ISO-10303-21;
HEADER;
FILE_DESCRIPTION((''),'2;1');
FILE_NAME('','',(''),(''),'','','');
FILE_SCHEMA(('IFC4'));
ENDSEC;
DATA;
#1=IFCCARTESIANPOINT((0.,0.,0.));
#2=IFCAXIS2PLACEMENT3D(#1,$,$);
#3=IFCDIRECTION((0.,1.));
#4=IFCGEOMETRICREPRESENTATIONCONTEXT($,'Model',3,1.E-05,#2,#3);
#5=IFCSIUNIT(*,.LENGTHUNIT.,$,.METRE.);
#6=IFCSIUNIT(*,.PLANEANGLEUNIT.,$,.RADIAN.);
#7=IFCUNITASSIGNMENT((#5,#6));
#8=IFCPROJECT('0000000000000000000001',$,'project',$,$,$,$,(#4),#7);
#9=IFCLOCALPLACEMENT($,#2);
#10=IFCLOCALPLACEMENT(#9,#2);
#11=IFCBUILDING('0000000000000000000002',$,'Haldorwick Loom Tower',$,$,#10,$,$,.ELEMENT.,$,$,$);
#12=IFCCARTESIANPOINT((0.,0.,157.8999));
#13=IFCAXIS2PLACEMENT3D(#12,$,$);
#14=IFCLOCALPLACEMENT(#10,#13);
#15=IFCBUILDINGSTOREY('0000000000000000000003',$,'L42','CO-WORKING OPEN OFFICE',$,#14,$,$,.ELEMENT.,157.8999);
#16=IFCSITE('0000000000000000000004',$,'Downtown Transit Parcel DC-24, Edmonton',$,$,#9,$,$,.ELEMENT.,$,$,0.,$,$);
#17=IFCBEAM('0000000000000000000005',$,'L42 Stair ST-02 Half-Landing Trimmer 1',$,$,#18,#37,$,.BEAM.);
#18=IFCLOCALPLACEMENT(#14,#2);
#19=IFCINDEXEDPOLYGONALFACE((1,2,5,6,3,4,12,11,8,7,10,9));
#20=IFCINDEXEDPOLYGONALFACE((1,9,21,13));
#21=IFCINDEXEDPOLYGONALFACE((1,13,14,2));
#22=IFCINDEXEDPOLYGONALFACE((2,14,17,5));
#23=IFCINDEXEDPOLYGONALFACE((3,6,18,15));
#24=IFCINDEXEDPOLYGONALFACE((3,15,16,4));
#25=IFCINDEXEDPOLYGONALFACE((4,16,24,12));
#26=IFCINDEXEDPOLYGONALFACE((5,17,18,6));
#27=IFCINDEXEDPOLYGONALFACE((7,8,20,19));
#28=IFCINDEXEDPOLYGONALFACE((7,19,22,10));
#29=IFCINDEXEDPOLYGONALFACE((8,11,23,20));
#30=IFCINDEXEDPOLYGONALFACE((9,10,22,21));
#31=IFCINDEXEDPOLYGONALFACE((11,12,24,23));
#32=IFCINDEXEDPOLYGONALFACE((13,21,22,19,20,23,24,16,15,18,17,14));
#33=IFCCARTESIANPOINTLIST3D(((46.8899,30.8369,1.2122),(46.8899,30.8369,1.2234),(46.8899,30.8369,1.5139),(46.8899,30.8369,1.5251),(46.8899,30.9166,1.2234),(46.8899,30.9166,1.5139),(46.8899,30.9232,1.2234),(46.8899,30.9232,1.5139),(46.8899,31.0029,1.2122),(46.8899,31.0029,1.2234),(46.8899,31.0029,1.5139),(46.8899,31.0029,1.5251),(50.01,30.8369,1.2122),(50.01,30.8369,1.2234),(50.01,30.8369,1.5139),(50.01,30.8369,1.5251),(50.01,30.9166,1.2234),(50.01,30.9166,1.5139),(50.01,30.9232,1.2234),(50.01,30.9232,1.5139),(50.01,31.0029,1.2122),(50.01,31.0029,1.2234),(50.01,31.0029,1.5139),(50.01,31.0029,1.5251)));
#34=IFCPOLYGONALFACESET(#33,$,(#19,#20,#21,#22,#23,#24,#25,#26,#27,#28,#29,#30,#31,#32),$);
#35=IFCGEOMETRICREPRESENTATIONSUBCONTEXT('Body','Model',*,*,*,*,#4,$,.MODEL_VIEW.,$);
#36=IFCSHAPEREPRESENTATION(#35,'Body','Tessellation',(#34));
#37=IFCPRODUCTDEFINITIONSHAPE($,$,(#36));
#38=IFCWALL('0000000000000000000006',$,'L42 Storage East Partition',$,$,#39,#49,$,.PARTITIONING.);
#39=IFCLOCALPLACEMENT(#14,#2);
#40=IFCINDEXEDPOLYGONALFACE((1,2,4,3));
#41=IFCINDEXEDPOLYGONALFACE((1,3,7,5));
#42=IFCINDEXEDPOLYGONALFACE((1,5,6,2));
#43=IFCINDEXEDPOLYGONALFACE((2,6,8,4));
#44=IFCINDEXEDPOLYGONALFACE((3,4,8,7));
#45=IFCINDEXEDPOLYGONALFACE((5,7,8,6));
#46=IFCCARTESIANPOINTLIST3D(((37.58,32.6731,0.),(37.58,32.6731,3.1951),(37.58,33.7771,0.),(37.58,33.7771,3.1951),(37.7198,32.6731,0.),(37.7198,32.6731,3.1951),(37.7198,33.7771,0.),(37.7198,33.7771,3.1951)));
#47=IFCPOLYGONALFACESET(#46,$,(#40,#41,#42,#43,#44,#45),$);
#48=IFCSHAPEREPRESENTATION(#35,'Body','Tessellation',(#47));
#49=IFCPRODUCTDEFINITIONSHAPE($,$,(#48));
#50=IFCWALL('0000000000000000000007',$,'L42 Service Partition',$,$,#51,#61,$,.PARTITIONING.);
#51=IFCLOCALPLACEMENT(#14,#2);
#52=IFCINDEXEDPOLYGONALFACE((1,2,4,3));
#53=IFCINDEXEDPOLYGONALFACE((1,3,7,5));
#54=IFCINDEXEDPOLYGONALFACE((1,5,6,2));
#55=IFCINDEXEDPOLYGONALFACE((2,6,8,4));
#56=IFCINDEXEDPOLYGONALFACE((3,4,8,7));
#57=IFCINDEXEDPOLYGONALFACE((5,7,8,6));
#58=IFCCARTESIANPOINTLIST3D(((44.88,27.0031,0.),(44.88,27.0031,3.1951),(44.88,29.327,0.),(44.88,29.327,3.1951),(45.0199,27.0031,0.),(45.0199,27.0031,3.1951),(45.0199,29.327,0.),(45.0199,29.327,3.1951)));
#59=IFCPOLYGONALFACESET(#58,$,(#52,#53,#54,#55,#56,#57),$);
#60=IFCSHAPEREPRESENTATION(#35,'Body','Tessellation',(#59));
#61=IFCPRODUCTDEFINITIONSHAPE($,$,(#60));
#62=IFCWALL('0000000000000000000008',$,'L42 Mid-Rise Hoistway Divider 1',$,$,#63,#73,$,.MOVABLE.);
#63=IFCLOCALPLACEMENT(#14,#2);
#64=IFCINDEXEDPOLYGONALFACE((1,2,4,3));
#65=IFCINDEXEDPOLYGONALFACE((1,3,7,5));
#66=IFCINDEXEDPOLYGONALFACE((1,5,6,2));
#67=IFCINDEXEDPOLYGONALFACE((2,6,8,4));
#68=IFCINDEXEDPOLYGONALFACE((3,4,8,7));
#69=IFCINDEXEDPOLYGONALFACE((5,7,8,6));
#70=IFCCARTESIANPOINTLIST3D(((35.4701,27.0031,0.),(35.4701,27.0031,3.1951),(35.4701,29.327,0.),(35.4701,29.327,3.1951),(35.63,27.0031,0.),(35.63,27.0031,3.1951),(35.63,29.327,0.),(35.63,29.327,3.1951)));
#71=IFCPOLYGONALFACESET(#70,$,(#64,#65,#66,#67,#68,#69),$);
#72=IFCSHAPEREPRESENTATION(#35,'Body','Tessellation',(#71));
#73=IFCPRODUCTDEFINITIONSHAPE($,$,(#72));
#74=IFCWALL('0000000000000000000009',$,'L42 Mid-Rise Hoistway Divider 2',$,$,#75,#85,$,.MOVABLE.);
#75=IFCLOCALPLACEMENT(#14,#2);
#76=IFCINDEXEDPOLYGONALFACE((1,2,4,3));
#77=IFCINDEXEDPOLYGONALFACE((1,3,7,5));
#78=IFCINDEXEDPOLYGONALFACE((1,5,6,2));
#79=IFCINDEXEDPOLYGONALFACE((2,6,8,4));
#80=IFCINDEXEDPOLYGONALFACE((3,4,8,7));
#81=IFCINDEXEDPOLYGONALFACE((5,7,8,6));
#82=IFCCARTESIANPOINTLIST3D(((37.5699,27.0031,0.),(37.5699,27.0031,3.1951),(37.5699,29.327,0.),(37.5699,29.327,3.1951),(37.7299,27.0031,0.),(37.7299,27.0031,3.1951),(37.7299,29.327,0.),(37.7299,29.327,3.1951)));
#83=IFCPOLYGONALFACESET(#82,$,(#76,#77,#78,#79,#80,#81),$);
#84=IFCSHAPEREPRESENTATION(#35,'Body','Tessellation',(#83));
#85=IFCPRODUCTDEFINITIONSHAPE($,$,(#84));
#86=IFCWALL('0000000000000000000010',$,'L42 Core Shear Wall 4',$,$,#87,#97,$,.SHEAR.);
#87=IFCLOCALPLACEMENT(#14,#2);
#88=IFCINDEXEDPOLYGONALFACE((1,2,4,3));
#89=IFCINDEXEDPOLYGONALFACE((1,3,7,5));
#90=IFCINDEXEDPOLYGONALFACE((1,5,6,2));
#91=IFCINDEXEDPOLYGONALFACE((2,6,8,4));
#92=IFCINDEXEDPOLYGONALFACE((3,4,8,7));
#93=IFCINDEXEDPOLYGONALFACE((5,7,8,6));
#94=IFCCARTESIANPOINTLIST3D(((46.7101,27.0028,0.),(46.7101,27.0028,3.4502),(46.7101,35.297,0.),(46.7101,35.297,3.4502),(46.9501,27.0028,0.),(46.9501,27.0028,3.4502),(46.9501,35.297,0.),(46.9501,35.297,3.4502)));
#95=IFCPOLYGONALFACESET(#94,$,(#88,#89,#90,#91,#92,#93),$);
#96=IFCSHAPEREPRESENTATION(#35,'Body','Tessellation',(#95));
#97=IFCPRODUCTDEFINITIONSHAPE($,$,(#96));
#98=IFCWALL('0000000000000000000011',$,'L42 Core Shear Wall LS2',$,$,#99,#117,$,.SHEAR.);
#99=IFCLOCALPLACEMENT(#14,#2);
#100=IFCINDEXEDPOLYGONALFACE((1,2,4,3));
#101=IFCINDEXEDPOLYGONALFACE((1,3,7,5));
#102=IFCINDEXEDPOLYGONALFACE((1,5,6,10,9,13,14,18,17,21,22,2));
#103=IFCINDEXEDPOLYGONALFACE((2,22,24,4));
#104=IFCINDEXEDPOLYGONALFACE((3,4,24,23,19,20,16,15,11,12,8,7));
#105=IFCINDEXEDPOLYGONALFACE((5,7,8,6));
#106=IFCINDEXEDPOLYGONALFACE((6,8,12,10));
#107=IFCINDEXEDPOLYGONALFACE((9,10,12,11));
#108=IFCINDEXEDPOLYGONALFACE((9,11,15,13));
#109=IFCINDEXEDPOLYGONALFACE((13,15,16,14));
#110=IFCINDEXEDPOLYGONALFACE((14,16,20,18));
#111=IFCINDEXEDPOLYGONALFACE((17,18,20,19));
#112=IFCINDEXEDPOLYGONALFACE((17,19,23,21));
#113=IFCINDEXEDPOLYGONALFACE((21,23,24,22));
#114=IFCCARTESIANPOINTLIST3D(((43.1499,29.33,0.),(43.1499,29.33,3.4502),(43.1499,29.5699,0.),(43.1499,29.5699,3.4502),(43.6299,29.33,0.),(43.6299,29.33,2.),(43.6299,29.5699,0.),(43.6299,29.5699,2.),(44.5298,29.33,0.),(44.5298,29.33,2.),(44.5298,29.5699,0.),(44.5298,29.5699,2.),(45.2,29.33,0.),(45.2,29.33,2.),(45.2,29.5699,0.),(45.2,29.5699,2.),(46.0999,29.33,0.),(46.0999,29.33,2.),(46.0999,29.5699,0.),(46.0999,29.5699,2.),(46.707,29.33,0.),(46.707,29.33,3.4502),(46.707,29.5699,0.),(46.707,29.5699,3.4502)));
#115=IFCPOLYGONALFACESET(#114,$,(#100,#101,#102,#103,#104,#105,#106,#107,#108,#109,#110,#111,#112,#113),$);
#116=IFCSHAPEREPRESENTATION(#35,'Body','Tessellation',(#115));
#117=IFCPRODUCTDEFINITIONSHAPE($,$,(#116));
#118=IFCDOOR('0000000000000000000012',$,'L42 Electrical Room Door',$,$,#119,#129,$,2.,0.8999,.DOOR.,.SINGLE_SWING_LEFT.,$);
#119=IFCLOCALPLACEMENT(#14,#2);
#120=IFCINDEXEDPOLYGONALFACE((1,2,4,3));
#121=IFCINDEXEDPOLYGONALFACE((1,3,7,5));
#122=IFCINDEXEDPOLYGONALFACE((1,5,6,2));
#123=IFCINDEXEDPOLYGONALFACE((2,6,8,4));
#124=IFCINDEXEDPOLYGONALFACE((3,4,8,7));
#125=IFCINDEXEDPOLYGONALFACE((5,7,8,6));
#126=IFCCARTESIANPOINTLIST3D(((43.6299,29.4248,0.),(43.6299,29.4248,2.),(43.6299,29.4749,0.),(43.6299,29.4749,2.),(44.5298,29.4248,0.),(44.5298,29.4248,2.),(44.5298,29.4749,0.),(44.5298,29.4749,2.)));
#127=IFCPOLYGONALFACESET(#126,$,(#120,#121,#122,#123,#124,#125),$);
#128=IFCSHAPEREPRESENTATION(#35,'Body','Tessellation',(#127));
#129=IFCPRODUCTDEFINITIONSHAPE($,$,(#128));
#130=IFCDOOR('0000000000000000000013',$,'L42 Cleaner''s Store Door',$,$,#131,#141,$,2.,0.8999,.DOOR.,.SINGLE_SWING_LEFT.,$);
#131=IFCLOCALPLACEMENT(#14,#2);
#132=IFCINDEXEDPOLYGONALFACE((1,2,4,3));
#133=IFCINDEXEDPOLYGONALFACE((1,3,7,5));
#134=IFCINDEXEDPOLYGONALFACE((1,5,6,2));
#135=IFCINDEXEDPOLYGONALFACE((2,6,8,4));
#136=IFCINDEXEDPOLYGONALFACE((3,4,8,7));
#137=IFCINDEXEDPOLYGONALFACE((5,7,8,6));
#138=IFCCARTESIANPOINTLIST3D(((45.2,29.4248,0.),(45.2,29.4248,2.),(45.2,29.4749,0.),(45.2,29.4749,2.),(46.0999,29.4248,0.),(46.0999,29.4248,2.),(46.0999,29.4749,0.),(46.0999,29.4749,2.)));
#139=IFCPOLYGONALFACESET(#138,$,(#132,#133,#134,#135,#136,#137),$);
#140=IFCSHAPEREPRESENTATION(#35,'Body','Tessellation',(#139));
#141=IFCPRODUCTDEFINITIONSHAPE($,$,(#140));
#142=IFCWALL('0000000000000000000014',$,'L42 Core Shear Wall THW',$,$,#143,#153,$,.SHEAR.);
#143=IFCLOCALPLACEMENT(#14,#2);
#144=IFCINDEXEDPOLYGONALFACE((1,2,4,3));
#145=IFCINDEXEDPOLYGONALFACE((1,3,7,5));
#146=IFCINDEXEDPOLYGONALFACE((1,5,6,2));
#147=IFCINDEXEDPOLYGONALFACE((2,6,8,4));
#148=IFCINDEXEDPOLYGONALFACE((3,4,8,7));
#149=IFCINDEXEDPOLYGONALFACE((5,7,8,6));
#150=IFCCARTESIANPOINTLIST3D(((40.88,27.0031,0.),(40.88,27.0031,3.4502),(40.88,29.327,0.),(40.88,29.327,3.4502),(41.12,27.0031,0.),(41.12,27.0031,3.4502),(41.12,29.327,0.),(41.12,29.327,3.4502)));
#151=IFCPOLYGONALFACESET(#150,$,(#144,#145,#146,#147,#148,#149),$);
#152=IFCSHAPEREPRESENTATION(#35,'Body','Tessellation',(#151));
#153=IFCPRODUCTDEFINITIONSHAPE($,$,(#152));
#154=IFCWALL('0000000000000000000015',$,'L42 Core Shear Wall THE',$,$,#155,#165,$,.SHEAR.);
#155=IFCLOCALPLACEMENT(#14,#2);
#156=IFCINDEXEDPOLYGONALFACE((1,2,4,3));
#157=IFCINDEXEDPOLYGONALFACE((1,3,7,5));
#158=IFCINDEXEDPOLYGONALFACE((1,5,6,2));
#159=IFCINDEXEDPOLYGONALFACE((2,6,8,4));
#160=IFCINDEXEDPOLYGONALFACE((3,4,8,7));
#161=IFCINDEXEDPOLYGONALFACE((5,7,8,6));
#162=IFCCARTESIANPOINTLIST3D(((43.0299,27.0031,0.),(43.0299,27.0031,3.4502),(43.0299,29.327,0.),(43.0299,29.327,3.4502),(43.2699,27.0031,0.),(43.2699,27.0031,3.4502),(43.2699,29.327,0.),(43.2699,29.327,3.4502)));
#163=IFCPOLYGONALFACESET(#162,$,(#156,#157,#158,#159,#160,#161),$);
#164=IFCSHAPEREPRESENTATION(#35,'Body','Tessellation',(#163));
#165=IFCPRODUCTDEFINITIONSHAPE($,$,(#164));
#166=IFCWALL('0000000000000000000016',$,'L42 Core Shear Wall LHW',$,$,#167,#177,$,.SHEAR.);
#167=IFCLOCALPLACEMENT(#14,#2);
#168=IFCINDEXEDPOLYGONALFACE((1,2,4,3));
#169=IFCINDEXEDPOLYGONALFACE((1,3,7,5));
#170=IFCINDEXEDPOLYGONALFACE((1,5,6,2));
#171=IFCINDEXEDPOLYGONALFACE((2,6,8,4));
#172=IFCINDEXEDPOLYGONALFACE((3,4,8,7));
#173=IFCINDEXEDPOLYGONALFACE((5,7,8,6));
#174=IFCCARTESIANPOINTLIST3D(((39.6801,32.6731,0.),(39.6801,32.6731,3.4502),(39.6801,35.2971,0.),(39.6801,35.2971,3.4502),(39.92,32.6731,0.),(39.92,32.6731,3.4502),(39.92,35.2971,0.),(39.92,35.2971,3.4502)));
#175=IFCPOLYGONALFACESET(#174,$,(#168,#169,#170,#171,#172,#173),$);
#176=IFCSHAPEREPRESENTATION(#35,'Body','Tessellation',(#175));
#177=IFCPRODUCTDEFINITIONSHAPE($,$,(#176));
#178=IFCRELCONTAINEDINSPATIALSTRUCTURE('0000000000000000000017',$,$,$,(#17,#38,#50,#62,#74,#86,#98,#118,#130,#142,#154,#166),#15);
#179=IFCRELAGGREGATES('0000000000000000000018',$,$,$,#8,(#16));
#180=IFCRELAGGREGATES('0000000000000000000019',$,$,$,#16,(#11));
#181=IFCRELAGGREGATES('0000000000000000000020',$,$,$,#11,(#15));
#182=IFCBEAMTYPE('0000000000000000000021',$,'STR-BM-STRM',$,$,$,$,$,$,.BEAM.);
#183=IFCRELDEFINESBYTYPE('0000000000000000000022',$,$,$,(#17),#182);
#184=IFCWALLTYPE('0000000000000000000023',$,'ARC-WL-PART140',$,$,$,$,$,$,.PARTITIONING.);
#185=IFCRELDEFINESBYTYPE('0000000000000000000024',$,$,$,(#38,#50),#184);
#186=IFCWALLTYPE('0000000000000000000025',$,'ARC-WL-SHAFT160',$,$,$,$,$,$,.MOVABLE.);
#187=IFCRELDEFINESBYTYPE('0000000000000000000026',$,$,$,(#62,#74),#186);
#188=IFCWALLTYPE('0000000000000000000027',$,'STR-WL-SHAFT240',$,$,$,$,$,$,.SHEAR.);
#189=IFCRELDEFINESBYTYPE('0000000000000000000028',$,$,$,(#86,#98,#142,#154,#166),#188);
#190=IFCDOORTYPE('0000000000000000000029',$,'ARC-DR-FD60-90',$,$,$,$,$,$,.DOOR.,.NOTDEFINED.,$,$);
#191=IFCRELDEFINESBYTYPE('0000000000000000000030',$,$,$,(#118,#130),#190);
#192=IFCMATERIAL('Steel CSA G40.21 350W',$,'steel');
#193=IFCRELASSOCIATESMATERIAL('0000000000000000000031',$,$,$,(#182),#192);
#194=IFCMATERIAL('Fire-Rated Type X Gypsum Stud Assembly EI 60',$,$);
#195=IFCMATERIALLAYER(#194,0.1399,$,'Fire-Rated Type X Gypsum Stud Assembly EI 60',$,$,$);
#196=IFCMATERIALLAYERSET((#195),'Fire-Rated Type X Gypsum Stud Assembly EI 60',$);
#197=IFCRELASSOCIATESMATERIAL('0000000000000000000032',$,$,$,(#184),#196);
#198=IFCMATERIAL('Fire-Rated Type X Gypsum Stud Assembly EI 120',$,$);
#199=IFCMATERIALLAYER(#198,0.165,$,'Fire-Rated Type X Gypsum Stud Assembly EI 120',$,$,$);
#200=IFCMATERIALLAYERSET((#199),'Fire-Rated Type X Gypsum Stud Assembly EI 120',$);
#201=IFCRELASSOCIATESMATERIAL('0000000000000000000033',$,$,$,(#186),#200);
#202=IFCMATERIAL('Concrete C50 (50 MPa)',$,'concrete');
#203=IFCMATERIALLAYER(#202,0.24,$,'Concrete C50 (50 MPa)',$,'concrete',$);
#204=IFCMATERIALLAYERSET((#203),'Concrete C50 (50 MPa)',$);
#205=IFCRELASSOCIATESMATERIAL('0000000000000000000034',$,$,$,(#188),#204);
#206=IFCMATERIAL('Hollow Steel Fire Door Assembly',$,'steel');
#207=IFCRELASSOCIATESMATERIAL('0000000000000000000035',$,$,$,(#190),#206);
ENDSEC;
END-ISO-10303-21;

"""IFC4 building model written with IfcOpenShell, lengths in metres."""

from ifc_helpers import new_model, si_unit, direction, frame, frame_2d, origin, origin_2d, place, context, subcontext, project, spatial, rectangle, i_section, extrude, material, layer, layer_set, material_profile, profile_set, type_object, element, fill, save


model = new_model("IFC4")

# Units and contexts
model_context = context("Model", 3, precision=1e-05, world=origin(), true_north=direction((0.0, 1.0)))
body_context = subcontext(model_context, "Body", "Model", "MODEL_VIEW")
ifc_project = project(units=[si_unit("LENGTHUNIT", "METRE"), si_unit("PLANEANGLEUNIT", "RADIAN")], contexts=[model_context])

# Site, building, storey
site_placement = place(None, origin())
site = spatial("IfcSite", under=ifc_project, at=site_placement, Name="Downtown Transit Parcel DC-24, Edmonton", CompositionType="ELEMENT", RefElevation=0.0)
building_placement = place(site_placement, origin())
building = spatial("IfcBuilding", under=site, at=building_placement, Name="Haldorwick Loom Tower", CompositionType="ELEMENT")
storey_placement = place(building_placement, frame((0.0, 0.0, 157.8999)))
storey = spatial("IfcBuildingStorey", under=building, at=storey_placement, Name="L42", Description="CO-WORKING OPEN OFFICE", CompositionType="ELEMENT", Elevation=157.8999)

# Beam
ifc_material_1 = material(Name="Steel CSA G40.21 350W", Category="steel")
ifc_material_profile_1 = material_profile(ifc_material_1, i_section(OverallWidth=0.166, OverallDepth=0.313, WebThickness=0.0066, FlangeThickness=0.0112, at=origin_2d()), Name="W310X45", Category="steel")
ifc_profile_set_1 = profile_set([ifc_material_profile_1], Name="Steel CSA G40.21 350W")
beam_type_1 = type_object("IfcBeamType", Name="STR-BM-STRM", PredefinedType="BEAM", material=ifc_profile_set_1)
for number, where, z_axis, x_axis, name in (
    (1, (46.8899, 30.9199, 1.3687), (1.0, 0.0, 0.0), (0.0, 1.0, 0.0), "L42 Stair ST-02 Half-Landing Trimmer 1"),
):
    element("IfcBeam", number, at=place(storey_placement, frame(where, z_axis=z_axis, x_axis=x_axis)), inside=storey, type_object=beam_type_1, Name=name, PredefinedType="BEAM", context=body_context, shape_type="SweptSolid", body=[
        extrude(i_section(OverallWidth=0.166, OverallDepth=0.313, WebThickness=0.0066, FlangeThickness=0.0112, at=origin_2d()), origin(), (0.0, 0.0, 1.0), 3.1201),
    ])

# Walls
ifc_material_2 = material(Name="Fire-Rated Type X Gypsum Stud Assembly EI 60")
ifc_layer_1 = layer(ifc_material_2, 0.1399, Name="Fire-Rated Type X Gypsum Stud Assembly EI 60")
ifc_layer_set_1 = layer_set([ifc_layer_1], Name="Fire-Rated Type X Gypsum Stud Assembly EI 60")
wall_type_1 = type_object("IfcWallType", Name="ARC-WL-PART140", PredefinedType="PARTITIONING", material=ifc_layer_set_1)
wall_1_placement = place(storey_placement, frame((37.6499, 32.6731, 0.0), z_axis=(0.0, 0.0, 1.0), x_axis=(0.0, 1.0, 0.0)))
element("IfcWall", 2, at=wall_1_placement, inside=storey, type_object=wall_type_1, Name="L42 Storage East Partition", PredefinedType="PARTITIONING", context=body_context, shape_type="SweptSolid", body=[
    extrude(rectangle(XDim=1.104, YDim=0.1399, at=frame_2d((0.552, 0.0))), origin(), (0.0, 0.0, 1.0), 3.1951),
])
wall_2_placement = place(storey_placement, frame((44.95, 27.0029, 0.0), z_axis=(0.0, 0.0, 1.0), x_axis=(0.0, 1.0, 0.0)))
element("IfcWall", 3, at=wall_2_placement, inside=storey, type_object=wall_type_1, Name="L42 Service Partition", PredefinedType="PARTITIONING", context=body_context, shape_type="SweptSolid", body=[
    extrude(rectangle(XDim=2.324, YDim=0.1399, at=frame_2d((1.1621, 0.0))), origin(), (0.0, 0.0, 1.0), 3.1951),
])
ifc_material_3 = material(Name="Fire-Rated Type X Gypsum Stud Assembly EI 120")
ifc_layer_2 = layer(ifc_material_3, 0.165, Name="Fire-Rated Type X Gypsum Stud Assembly EI 120")
ifc_layer_set_2 = layer_set([ifc_layer_2], Name="Fire-Rated Type X Gypsum Stud Assembly EI 120")
wall_type_2 = type_object("IfcWallType", Name="ARC-WL-SHAFT160", PredefinedType="MOVABLE", material=ifc_layer_set_2)
for number, where, z_axis, x_axis, name in (
    (4, (35.55, 27.0029, 0.0), (0.0, 0.0, 1.0), (0.0, 1.0, 0.0), "L42 Mid-Rise Hoistway Divider 1"),
    (5, (37.6499, 27.0029, 0.0), (0.0, 0.0, 1.0), (0.0, 1.0, 0.0), "L42 Mid-Rise Hoistway Divider 2"),
):
    element("IfcWall", number, at=place(storey_placement, frame(where, z_axis=z_axis, x_axis=x_axis)), inside=storey, type_object=wall_type_2, Name=name, PredefinedType="MOVABLE", context=body_context, shape_type="SweptSolid", body=[
        extrude(rectangle(XDim=2.324, YDim=0.1599, at=frame_2d((1.1621, 0.0))), origin(), (0.0, 0.0, 1.0), 3.1951),
    ])
ifc_material_4 = material(Name="Concrete C50 (50 MPa)", Category="concrete")
ifc_layer_3 = layer(ifc_material_4, 0.24, Name="Concrete C50 (50 MPa)", Category="concrete")
ifc_layer_set_3 = layer_set([ifc_layer_3], Name="Concrete C50 (50 MPa)")
wall_type_3 = type_object("IfcWallType", Name="STR-WL-SHAFT240", PredefinedType="SHEAR", material=ifc_layer_set_3)
wall_3_placement = place(storey_placement, frame((46.8301, 27.0029, 0.0), z_axis=(0.0, 0.0, 1.0), x_axis=(0.0, 1.0, 0.0)))
element("IfcWall", 6, at=wall_3_placement, inside=storey, type_object=wall_type_3, Name="L42 Core Shear Wall 4", PredefinedType="SHEAR", context=body_context, shape_type="SweptSolid", body=[
    extrude(rectangle(XDim=8.2942, YDim=0.24, at=frame_2d((4.147, 0.0))), origin(), (0.0, 0.0, 1.0), 3.4502),
])

# Wall, openings, doors
wall_4_placement = place(storey_placement, frame((43.1499, 29.45, 0.0), z_axis=(0.0, 0.0, 1.0), x_axis=(1.0, 0.0, 0.0)))
wall_4 = element("IfcWall", 7, at=wall_4_placement, inside=storey, type_object=wall_type_3, Name="L42 Core Shear Wall LS2", PredefinedType="SHEAR", context=body_context, shape_type="SweptSolid", body=[
    extrude(rectangle(XDim=3.5571, YDim=0.24, at=frame_2d((1.7786, 0.0))), origin(), (0.0, 0.0, 1.0), 3.4502),
])
opening_1_placement = place(wall_4_placement, frame((0.48, 0.0, 0.0)))
opening_1 = element("IfcOpeningElement", 8, at=opening_1_placement, cuts=wall_4, PredefinedType="OPENING", context=body_context, shape_type="SweptSolid", body=[
    extrude(rectangle(XDim=0.8999, YDim=2.0, at=frame_2d((0.45, 1.0))), frame((0.0, 0.1299, 0.0), z_axis=(0.0, -1.0, 0.0), x_axis=(1.0, 0.0, 0.0)), (0.0, 0.0, 1.0), 0.26),
])
opening_2_placement = place(wall_4_placement, frame((2.05, 0.0, 0.0)))
opening_2 = element("IfcOpeningElement", 9, at=opening_2_placement, cuts=wall_4, PredefinedType="OPENING", context=body_context, shape_type="SweptSolid", body=[
    extrude(rectangle(XDim=0.8999, YDim=2.0, at=frame_2d((0.45, 1.0))), frame((0.0, 0.1299, 0.0), z_axis=(0.0, -1.0, 0.0), x_axis=(1.0, 0.0, 0.0)), (0.0, 0.0, 1.0), 0.26),
])
ifc_material_5 = material(Name="Hollow Steel Fire Door Assembly", Category="steel")
door_type = type_object("IfcDoorType", Name="ARC-DR-FD60-90", OperationType="NOTDEFINED", PredefinedType="DOOR", material=ifc_material_5)
door_1_placement = place(opening_1_placement, origin())
door_1 = element("IfcDoor", 10, at=door_1_placement, inside=storey, type_object=door_type, Name="L42 Electrical Room Door", OperationType="SINGLE_SWING_LEFT", OverallHeight=2.0, OverallWidth=0.8999, PredefinedType="DOOR", context=body_context, shape_type="SweptSolid", body=[
    extrude(rectangle(XDim=0.8999, YDim=2.0, at=frame_2d((0.45, 1.0))), frame((0.0, 0.0249, 0.0), z_axis=(0.0, -1.0, 0.0), x_axis=(1.0, 0.0, 0.0)), (0.0, 0.0, 1.0), 0.05),
])
fill(opening_1, door_1)
door_2_placement = place(opening_2_placement, origin())
door_2 = element("IfcDoor", 11, at=door_2_placement, inside=storey, type_object=door_type, Name="L42 Cleaner's Store Door", OperationType="SINGLE_SWING_LEFT", OverallHeight=2.0, OverallWidth=0.8999, PredefinedType="DOOR", context=body_context, shape_type="SweptSolid", body=[
    extrude(rectangle(XDim=0.8999, YDim=2.0, at=frame_2d((0.45, 1.0))), frame((0.0, 0.0249, 0.0), z_axis=(0.0, -1.0, 0.0), x_axis=(1.0, 0.0, 0.0)), (0.0, 0.0, 1.0), 0.05),
])
fill(opening_2, door_2)

# Walls
for number, where, z_axis, x_axis, name in (
    (12, (41.0, 27.0029, 0.0), (0.0, 0.0, 1.0), (0.0, 1.0, 0.0), "L42 Core Shear Wall THW"),
    (13, (43.1499, 27.0029, 0.0), (0.0, 0.0, 1.0), (0.0, 1.0, 0.0), "L42 Core Shear Wall THE"),
):
    element("IfcWall", number, at=place(storey_placement, frame(where, z_axis=z_axis, x_axis=x_axis)), inside=storey, type_object=wall_type_3, Name=name, PredefinedType="SHEAR", context=body_context, shape_type="SweptSolid", body=[
        extrude(rectangle(XDim=2.324, YDim=0.24, at=frame_2d((1.1621, 0.0))), origin(), (0.0, 0.0, 1.0), 3.4502),
    ])
for number, where, z_axis, x_axis, name in (
    (14, (39.8, 32.6731, 0.0), (0.0, 0.0, 1.0), (0.0, 1.0, 0.0), "L42 Core Shear Wall LHW"),
):
    element("IfcWall", number, at=place(storey_placement, frame(where, z_axis=z_axis, x_axis=x_axis)), inside=storey, type_object=wall_type_3, Name=name, PredefinedType="SHEAR", context=body_context, shape_type="SweptSolid", body=[
        extrude(rectangle(XDim=2.624, YDim=0.24, at=frame_2d((1.312, 0.0))), origin(), (0.0, 0.0, 1.0), 3.4502),
    ])

save(model, "model.ifc")
